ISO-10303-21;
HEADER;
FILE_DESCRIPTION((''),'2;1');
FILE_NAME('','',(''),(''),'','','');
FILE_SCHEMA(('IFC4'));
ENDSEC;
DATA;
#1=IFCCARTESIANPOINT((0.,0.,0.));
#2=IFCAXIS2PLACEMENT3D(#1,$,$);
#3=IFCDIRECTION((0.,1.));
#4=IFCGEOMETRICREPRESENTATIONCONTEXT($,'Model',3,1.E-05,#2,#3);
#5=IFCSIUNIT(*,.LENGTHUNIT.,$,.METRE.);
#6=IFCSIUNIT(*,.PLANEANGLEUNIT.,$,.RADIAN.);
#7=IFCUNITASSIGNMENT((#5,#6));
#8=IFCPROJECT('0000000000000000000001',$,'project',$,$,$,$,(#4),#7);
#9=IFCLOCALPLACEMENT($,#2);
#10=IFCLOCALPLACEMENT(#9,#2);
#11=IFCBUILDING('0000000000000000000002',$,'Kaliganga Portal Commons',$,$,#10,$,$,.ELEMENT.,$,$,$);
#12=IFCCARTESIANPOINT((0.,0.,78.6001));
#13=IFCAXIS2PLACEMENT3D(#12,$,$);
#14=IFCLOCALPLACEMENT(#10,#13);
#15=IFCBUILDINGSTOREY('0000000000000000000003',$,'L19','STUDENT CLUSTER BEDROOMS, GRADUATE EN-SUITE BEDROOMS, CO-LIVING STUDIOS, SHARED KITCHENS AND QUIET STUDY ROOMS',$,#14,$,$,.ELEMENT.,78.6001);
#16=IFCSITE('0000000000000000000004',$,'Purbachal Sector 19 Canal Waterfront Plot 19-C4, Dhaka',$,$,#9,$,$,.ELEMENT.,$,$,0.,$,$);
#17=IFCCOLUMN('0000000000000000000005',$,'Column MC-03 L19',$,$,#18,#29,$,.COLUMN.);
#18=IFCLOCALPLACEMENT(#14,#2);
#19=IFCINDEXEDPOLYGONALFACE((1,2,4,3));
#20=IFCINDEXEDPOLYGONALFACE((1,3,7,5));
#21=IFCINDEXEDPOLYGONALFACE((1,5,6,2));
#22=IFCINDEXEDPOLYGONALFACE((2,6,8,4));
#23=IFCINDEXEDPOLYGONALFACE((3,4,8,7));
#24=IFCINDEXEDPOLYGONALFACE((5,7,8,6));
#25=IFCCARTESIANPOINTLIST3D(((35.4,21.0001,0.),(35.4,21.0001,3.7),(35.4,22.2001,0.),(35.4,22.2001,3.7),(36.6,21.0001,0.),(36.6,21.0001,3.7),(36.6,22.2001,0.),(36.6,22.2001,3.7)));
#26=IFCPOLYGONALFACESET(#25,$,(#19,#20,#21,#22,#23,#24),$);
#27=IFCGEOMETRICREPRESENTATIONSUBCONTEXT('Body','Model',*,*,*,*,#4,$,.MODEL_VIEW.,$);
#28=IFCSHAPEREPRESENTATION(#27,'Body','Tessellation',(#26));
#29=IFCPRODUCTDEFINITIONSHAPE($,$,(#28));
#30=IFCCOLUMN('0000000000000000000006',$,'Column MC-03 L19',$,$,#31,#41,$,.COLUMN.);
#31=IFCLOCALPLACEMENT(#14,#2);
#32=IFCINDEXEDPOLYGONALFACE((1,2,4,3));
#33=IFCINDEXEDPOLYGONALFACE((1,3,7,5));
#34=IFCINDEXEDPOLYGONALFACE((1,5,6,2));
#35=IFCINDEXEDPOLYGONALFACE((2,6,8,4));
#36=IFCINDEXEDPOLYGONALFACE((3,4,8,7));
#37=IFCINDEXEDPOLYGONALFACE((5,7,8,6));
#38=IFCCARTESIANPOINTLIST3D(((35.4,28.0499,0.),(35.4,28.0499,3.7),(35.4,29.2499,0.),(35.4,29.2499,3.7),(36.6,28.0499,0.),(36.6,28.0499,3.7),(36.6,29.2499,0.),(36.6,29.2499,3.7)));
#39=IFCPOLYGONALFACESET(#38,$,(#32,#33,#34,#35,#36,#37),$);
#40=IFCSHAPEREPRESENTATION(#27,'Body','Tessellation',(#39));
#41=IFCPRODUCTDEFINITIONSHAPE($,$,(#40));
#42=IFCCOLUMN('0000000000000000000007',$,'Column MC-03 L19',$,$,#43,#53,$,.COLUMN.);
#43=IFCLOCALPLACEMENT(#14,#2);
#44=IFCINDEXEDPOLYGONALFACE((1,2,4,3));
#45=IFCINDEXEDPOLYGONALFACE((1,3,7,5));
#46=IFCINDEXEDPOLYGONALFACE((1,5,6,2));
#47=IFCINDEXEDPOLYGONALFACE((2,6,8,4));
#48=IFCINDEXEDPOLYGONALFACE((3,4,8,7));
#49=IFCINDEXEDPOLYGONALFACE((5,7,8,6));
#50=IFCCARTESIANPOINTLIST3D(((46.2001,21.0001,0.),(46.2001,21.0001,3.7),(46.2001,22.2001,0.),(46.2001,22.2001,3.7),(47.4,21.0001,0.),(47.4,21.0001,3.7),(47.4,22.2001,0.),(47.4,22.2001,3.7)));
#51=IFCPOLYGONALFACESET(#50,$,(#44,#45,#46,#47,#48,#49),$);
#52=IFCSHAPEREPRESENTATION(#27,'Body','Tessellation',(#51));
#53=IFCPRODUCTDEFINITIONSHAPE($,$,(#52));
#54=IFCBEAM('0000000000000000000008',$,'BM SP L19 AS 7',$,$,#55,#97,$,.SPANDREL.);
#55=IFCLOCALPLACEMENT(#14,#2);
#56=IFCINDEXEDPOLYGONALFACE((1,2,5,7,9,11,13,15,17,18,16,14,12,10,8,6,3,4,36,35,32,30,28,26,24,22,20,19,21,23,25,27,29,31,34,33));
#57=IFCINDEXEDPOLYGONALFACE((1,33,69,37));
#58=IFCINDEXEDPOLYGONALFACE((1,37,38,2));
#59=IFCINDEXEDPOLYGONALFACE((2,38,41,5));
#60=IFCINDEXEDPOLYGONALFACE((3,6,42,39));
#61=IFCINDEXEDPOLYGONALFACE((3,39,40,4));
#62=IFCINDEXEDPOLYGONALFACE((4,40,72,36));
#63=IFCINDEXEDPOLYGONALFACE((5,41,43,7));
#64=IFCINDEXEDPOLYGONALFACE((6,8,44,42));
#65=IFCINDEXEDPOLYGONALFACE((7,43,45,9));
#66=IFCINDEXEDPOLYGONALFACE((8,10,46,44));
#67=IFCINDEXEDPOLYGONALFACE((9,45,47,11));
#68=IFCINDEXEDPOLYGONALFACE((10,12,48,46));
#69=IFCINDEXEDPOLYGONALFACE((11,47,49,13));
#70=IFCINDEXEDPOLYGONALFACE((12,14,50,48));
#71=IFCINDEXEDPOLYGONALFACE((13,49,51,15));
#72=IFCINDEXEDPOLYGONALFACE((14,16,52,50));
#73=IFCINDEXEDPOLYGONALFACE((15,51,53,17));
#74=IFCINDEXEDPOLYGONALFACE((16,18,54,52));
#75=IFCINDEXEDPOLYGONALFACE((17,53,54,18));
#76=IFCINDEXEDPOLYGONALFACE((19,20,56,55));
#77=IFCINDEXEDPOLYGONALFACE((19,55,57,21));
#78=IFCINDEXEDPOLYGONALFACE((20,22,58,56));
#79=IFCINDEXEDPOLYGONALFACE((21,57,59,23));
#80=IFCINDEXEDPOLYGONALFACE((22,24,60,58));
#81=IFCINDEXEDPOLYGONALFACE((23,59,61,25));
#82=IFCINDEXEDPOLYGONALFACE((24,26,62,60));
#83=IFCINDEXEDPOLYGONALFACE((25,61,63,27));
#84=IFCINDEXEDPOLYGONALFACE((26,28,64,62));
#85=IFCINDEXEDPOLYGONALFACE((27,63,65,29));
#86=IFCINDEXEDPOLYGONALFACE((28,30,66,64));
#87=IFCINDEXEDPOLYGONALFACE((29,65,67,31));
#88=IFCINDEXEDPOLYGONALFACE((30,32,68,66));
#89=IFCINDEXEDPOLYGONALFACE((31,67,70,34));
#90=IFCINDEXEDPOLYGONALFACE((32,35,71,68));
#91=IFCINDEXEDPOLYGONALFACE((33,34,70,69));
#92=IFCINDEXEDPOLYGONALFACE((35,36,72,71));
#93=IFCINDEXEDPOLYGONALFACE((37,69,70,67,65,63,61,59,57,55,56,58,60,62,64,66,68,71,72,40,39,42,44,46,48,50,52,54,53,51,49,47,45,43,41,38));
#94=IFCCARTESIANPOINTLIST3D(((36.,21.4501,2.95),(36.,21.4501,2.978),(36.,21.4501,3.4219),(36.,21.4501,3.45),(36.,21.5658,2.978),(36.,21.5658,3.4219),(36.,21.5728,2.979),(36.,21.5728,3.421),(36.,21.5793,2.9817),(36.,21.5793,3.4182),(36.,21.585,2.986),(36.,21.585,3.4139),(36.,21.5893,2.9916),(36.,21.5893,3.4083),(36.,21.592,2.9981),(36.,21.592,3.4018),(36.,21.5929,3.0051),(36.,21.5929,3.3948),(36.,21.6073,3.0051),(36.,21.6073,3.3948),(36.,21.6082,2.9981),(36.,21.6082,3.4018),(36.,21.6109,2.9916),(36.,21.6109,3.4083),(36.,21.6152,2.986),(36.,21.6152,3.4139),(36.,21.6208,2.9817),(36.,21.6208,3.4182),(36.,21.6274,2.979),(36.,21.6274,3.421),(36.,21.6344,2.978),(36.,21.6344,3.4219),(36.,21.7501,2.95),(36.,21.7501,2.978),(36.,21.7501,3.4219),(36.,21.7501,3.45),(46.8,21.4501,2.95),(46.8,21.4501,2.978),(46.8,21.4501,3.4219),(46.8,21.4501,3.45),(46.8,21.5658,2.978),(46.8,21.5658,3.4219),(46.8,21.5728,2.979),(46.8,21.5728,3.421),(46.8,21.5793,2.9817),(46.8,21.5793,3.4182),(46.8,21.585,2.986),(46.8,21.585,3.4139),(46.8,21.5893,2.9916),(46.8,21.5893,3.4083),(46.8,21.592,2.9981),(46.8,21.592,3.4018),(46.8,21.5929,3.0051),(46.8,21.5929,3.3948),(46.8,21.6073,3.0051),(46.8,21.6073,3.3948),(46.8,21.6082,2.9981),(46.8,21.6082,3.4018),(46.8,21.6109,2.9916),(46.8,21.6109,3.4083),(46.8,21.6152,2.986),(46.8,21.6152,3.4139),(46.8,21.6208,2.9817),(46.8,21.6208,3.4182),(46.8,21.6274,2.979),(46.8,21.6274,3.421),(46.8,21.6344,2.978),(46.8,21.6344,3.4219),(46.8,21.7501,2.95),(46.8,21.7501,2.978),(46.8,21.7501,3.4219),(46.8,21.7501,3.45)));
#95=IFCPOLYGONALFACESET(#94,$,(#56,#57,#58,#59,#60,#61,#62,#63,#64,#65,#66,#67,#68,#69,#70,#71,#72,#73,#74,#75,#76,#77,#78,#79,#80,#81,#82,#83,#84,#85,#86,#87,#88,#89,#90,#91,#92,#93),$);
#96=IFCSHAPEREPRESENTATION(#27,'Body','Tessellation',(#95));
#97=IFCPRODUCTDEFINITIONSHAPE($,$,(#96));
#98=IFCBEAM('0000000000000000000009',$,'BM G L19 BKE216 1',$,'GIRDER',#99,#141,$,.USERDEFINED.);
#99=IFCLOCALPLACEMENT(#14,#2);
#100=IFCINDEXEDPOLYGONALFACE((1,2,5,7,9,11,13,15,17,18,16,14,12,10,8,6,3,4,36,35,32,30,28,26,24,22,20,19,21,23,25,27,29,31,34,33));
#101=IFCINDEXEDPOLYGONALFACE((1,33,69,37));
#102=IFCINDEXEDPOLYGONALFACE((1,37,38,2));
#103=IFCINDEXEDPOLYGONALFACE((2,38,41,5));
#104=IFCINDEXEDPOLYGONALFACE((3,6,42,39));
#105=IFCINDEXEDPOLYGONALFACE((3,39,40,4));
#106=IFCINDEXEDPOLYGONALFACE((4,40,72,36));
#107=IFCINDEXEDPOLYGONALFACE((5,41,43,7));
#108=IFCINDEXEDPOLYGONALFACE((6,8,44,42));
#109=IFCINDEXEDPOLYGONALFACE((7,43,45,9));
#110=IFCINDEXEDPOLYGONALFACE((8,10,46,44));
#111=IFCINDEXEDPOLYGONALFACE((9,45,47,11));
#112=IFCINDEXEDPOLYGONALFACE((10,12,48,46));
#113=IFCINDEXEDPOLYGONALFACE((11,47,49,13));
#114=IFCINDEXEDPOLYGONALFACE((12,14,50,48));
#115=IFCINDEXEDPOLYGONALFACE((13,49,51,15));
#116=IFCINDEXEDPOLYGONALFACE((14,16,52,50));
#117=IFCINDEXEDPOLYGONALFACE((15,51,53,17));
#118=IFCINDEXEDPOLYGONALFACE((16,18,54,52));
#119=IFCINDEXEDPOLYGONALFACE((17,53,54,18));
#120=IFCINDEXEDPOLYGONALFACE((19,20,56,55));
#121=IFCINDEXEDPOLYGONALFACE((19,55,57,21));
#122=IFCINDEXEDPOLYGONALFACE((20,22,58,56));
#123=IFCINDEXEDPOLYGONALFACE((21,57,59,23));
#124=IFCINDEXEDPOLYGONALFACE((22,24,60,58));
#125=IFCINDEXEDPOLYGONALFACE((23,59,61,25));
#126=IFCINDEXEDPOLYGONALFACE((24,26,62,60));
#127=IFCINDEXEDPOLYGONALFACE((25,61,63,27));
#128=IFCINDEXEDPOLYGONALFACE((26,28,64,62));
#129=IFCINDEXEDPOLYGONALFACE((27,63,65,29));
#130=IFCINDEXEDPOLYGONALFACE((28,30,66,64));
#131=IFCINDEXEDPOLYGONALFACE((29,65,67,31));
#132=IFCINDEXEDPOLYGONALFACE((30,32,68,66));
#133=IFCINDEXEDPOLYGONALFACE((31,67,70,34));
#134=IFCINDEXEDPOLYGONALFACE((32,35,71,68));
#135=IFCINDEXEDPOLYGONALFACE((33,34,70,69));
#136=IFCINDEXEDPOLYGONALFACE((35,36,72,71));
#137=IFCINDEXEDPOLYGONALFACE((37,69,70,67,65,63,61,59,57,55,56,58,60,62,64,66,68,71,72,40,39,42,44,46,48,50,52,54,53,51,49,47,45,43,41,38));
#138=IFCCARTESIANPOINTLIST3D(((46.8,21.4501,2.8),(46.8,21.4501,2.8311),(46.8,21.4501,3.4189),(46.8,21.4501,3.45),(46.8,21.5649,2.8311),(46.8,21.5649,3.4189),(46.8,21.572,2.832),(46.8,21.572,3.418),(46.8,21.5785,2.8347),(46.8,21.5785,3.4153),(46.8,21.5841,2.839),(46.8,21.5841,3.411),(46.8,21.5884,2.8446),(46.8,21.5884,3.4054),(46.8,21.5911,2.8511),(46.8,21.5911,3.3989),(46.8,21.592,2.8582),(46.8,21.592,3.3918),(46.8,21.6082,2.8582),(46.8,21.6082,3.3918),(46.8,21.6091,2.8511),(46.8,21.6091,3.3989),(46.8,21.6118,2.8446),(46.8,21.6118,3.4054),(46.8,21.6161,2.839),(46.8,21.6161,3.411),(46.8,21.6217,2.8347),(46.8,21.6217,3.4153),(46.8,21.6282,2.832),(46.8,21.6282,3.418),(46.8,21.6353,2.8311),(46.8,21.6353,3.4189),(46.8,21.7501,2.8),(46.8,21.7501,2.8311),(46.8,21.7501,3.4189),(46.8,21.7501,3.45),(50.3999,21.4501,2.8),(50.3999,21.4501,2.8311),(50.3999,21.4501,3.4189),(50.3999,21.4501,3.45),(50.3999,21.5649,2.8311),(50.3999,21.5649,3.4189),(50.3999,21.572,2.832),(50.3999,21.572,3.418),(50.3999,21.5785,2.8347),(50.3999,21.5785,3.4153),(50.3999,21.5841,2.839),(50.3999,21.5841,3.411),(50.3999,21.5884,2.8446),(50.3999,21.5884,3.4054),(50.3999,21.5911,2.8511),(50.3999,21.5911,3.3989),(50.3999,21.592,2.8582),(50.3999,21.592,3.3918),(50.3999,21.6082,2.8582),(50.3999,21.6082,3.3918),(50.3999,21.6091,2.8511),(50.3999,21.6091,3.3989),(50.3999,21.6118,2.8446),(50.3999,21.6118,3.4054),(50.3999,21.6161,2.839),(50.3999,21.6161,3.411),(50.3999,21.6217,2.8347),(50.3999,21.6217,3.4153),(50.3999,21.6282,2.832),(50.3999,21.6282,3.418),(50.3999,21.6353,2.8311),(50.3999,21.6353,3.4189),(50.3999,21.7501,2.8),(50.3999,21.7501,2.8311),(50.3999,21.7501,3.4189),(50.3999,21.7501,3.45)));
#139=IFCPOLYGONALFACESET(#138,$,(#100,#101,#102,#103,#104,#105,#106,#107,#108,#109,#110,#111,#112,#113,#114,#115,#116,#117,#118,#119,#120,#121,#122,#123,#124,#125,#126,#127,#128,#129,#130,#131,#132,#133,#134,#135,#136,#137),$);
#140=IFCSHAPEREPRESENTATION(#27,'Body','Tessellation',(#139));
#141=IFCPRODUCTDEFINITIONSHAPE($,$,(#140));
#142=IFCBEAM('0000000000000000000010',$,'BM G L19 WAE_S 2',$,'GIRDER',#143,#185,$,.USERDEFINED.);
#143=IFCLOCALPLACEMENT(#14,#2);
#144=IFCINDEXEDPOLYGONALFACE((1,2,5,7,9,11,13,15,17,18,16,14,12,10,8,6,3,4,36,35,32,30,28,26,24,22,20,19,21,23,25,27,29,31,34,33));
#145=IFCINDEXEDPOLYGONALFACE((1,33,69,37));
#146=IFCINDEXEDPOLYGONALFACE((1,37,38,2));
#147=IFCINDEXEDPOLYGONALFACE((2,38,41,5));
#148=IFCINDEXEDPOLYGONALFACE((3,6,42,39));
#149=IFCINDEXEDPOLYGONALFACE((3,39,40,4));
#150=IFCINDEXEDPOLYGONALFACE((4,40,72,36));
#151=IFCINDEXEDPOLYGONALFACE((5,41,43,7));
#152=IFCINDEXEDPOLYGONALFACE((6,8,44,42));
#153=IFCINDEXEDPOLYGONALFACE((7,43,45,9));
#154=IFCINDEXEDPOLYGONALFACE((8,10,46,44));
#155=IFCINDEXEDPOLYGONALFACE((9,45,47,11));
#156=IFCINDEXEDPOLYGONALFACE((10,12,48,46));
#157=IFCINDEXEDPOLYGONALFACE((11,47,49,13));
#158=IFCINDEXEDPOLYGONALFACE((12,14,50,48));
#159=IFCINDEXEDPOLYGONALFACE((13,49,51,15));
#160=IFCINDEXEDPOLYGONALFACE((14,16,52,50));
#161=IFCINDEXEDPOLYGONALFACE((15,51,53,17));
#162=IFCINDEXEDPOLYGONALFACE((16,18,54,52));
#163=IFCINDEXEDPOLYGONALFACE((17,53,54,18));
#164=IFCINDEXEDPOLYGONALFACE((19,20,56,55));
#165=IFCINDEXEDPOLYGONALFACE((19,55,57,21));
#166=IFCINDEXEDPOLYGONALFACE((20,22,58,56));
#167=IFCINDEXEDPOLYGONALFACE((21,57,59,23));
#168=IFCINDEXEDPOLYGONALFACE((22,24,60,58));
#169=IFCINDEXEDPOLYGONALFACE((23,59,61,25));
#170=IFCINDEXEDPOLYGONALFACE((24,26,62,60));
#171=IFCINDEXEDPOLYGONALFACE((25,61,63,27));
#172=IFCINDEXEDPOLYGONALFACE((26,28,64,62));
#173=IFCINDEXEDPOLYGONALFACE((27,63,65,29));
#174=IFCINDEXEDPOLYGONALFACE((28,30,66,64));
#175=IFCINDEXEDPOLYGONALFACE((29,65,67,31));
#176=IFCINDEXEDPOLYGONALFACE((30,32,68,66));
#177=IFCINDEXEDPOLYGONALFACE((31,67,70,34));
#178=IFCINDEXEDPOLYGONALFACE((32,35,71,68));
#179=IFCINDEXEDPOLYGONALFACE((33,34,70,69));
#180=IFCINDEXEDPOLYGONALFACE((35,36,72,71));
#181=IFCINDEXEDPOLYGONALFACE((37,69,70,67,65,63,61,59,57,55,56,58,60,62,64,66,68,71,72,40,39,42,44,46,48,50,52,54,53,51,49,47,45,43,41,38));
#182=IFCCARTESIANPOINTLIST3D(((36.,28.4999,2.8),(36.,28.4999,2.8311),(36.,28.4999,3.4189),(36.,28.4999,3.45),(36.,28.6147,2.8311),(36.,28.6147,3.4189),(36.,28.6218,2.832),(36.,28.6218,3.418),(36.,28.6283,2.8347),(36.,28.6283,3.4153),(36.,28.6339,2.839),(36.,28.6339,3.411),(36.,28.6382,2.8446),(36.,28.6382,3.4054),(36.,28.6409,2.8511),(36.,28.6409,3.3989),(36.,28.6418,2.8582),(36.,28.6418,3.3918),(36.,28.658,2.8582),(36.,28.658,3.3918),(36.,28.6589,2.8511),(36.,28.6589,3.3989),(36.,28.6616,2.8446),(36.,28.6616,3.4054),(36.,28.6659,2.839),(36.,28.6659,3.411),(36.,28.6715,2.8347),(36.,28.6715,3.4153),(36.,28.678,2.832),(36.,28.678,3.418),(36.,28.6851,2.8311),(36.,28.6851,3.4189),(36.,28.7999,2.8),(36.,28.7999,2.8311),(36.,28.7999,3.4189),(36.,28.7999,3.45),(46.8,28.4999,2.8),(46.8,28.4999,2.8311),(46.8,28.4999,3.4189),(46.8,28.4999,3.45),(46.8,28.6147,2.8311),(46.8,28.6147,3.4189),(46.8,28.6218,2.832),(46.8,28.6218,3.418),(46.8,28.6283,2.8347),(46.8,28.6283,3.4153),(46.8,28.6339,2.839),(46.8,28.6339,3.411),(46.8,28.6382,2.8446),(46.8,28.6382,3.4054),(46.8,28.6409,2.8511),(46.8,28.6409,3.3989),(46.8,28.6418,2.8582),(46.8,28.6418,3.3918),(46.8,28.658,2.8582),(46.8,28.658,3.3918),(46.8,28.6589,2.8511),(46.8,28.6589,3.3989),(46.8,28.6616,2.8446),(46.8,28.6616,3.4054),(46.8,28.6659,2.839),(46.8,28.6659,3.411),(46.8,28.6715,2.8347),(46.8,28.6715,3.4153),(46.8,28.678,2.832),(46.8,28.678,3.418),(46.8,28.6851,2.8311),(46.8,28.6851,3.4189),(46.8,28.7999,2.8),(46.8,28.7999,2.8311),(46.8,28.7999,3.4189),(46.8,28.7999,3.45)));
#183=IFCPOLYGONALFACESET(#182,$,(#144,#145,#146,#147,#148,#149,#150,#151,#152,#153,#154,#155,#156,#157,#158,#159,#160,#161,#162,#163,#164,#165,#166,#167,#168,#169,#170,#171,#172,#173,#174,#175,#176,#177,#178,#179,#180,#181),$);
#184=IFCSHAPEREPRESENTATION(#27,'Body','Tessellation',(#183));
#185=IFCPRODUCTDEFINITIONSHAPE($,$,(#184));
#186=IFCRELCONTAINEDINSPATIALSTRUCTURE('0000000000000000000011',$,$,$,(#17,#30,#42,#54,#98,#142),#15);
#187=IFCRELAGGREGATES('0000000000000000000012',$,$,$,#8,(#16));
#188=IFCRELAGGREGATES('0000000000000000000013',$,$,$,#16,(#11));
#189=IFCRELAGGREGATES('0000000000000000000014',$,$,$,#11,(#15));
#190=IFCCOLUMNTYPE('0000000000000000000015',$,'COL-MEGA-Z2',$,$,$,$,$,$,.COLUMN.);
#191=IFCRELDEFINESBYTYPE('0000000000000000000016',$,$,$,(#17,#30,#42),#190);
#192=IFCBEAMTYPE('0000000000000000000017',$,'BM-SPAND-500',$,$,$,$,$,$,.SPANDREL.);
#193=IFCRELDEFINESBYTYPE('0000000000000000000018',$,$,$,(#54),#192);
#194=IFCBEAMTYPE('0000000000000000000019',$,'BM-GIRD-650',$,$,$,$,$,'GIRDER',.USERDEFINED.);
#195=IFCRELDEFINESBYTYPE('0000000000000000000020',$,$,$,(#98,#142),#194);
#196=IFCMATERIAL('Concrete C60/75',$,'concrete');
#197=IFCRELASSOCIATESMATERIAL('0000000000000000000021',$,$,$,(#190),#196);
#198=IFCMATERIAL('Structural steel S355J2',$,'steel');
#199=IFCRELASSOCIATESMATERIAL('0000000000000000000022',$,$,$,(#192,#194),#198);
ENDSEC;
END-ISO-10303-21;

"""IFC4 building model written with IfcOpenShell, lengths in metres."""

from ifc_helpers import new_model, si_unit, direction, frame, origin, origin_2d, place, context, subcontext, project, spatial, rectangle, i_section, extrude, source, transform, mapped, material, material_profile, profile_set, type_object, element, save


model = new_model("IFC4")

# Units and contexts
model_context = context("Model", 3, precision=1e-05, world=origin(), true_north=direction((0.0, 1.0)))
body_context = subcontext(model_context, "Body", "Model", "MODEL_VIEW")
ifc_project = project(units=[si_unit("LENGTHUNIT", "METRE"), si_unit("PLANEANGLEUNIT", "RADIAN")], contexts=[model_context])

# Site, building, storey
site_placement = place(None, origin())
site = spatial("IfcSite", under=ifc_project, at=site_placement, Name="Purbachal Sector 19 Canal Waterfront Plot 19-C4, Dhaka", CompositionType="ELEMENT", RefElevation=0.0)
building_placement = place(site_placement, origin())
building = spatial("IfcBuilding", under=site, at=building_placement, Name="Kaliganga Portal Commons", CompositionType="ELEMENT")
storey_placement = place(building_placement, frame((0.0, 0.0, 78.6001)))
storey = spatial("IfcBuildingStorey", under=building, at=storey_placement, Name="L19", Description="STUDENT CLUSTER BEDROOMS, GRADUATE EN-SUITE BEDROOMS, CO-LIVING STUDIOS, SHARED KITCHENS AND QUIET STUDY ROOMS", CompositionType="ELEMENT", Elevation=78.6001)

# Columns
ifc_material_1 = material(Name="Concrete C60/75", Category="concrete")
ifc_material_profile_1 = material_profile(ifc_material_1, rectangle(XDim=1.2, YDim=1.2, at=origin_2d()), Name="RC 1200x1200")
ifc_profile_set_1 = profile_set([ifc_material_profile_1], Name="Concrete C60/75")
column_type = type_object("IfcColumnType", Name="COL-MEGA-Z2", PredefinedType="COLUMN", material=ifc_profile_set_1)
shared_shape_1 = source(origin(), body_context, "Body", "SweptSolid", [
    extrude(rectangle(XDim=1.2, YDim=1.2, at=origin_2d()), origin(), (0.0, 0.0, 1.0), 3.7),
])
for number, where, z_axis, x_axis, name in (
    (1, (36.0, 21.6001, 0.0), (0.0, 0.0, 1.0), (1.0, 0.0, 0.0), "Column MC-03 L19"),
    (2, (36.0, 28.6499, 0.0), (0.0, 0.0, 1.0), (1.0, 0.0, 0.0), "Column MC-03 L19"),
    (3, (46.8, 21.6001, 0.0), (0.0, 0.0, 1.0), (1.0, 0.0, 0.0), "Column MC-03 L19"),
):
    element("IfcColumn", number, at=place(storey_placement, frame(where, z_axis=z_axis, x_axis=x_axis)), inside=storey, type_object=column_type, Name=name, PredefinedType="COLUMN", context=body_context, shape_type="MappedRepresentation", body=[
        mapped(shared_shape_1, transform((0.0, 0.0, 0.0), x_axis=(1.0, 0.0, 0.0), y_axis=(0.0, 1.0, 0.0), z_axis=(0.0, 0.0, 1.0), scale=1.0)),
    ])

# Beams
ifc_material_2 = material(Name="Structural steel S355J2", Category="steel")
ifc_material_profile_2 = material_profile(ifc_material_2, i_section(OverallWidth=0.3, OverallDepth=0.5, WebThickness=0.0144, FlangeThickness=0.0281, FilletRadius=0.0271, at=origin_2d()), Name="HE 500 B")
ifc_profile_set_2 = profile_set([ifc_material_profile_2], Name="Structural steel S355J2 wide-flange")
beam_type_1 = type_object("IfcBeamType", Name="BM-SPAND-500", PredefinedType="SPANDREL", material=ifc_profile_set_2)
shared_shape_2 = source(origin(), body_context, "Body", "SweptSolid", [
    extrude(i_section(OverallWidth=0.3, OverallDepth=0.5, WebThickness=0.0144, FlangeThickness=0.0281, FilletRadius=0.0271, at=origin_2d()), origin(), (0.0, 0.0, 1.0), 10.8),
])
beam_1_placement = place(storey_placement, frame((36.0, 21.6001, 3.2), z_axis=(1.0, 0.0, 0.0), x_axis=(0.0, 1.0, 0.0)))
element("IfcBeam", 4, at=beam_1_placement, inside=storey, type_object=beam_type_1, Name="BM SP L19 AS 7", PredefinedType="SPANDREL", context=body_context, shape_type="MappedRepresentation", body=[
    mapped(shared_shape_2, transform((0.0, 0.0, 0.0), x_axis=(1.0, 0.0, 0.0), y_axis=(0.0, 1.0, 0.0), z_axis=(0.0, 0.0, 1.0), scale=1.0)),
])
ifc_material_profile_3 = material_profile(ifc_material_2, i_section(OverallWidth=0.3, OverallDepth=0.6499, WebThickness=0.0161, FlangeThickness=0.031, FilletRadius=0.0271, at=origin_2d()), Name="HE 650 B")
ifc_profile_set_3 = profile_set([ifc_material_profile_3], Name="Structural steel S355J2 wide-flange")
beam_type_2 = type_object("IfcBeamType", Name="BM-GIRD-650", ElementType="GIRDER", PredefinedType="USERDEFINED", material=ifc_profile_set_3)
shared_shape_3 = source(origin(), body_context, "Body", "SweptSolid", [
    extrude(i_section(OverallWidth=0.3, OverallDepth=0.6499, WebThickness=0.0161, FlangeThickness=0.031, FilletRadius=0.0271, at=origin_2d()), origin(), (0.0, 0.0, 1.0), 3.5999),
])
beam_2_placement = place(storey_placement, frame((46.8, 21.6001, 3.125), z_axis=(1.0, 0.0, 0.0), x_axis=(0.0, 1.0, 0.0)))
element("IfcBeam", 5, at=beam_2_placement, inside=storey, type_object=beam_type_2, Name="BM G L19 BKE216 1", ObjectType="GIRDER", PredefinedType="USERDEFINED", context=body_context, shape_type="MappedRepresentation", body=[
    mapped(shared_shape_3, transform((0.0, 0.0, 0.0), x_axis=(1.0, 0.0, 0.0), y_axis=(0.0, 1.0, 0.0), z_axis=(0.0, 0.0, 1.0), scale=1.0)),
])
shared_shape_4 = source(origin(), body_context, "Body", "SweptSolid", [
    extrude(i_section(OverallWidth=0.3, OverallDepth=0.6499, WebThickness=0.0161, FlangeThickness=0.031, FilletRadius=0.0271, at=origin_2d()), origin(), (0.0, 0.0, 1.0), 10.8),
])
beam_3_placement = place(storey_placement, frame((36.0, 28.6499, 3.125), z_axis=(1.0, 0.0, 0.0), x_axis=(0.0, 1.0, 0.0)))
element("IfcBeam", 6, at=beam_3_placement, inside=storey, type_object=beam_type_2, Name="BM G L19 WAE_S 2", ObjectType="GIRDER", PredefinedType="USERDEFINED", context=body_context, shape_type="MappedRepresentation", body=[
    mapped(shared_shape_4, transform((0.0, 0.0, 0.0), x_axis=(1.0, 0.0, 0.0), y_axis=(0.0, 1.0, 0.0), z_axis=(0.0, 0.0, 1.0), scale=1.0)),
])

save(model, "model.ifc")
